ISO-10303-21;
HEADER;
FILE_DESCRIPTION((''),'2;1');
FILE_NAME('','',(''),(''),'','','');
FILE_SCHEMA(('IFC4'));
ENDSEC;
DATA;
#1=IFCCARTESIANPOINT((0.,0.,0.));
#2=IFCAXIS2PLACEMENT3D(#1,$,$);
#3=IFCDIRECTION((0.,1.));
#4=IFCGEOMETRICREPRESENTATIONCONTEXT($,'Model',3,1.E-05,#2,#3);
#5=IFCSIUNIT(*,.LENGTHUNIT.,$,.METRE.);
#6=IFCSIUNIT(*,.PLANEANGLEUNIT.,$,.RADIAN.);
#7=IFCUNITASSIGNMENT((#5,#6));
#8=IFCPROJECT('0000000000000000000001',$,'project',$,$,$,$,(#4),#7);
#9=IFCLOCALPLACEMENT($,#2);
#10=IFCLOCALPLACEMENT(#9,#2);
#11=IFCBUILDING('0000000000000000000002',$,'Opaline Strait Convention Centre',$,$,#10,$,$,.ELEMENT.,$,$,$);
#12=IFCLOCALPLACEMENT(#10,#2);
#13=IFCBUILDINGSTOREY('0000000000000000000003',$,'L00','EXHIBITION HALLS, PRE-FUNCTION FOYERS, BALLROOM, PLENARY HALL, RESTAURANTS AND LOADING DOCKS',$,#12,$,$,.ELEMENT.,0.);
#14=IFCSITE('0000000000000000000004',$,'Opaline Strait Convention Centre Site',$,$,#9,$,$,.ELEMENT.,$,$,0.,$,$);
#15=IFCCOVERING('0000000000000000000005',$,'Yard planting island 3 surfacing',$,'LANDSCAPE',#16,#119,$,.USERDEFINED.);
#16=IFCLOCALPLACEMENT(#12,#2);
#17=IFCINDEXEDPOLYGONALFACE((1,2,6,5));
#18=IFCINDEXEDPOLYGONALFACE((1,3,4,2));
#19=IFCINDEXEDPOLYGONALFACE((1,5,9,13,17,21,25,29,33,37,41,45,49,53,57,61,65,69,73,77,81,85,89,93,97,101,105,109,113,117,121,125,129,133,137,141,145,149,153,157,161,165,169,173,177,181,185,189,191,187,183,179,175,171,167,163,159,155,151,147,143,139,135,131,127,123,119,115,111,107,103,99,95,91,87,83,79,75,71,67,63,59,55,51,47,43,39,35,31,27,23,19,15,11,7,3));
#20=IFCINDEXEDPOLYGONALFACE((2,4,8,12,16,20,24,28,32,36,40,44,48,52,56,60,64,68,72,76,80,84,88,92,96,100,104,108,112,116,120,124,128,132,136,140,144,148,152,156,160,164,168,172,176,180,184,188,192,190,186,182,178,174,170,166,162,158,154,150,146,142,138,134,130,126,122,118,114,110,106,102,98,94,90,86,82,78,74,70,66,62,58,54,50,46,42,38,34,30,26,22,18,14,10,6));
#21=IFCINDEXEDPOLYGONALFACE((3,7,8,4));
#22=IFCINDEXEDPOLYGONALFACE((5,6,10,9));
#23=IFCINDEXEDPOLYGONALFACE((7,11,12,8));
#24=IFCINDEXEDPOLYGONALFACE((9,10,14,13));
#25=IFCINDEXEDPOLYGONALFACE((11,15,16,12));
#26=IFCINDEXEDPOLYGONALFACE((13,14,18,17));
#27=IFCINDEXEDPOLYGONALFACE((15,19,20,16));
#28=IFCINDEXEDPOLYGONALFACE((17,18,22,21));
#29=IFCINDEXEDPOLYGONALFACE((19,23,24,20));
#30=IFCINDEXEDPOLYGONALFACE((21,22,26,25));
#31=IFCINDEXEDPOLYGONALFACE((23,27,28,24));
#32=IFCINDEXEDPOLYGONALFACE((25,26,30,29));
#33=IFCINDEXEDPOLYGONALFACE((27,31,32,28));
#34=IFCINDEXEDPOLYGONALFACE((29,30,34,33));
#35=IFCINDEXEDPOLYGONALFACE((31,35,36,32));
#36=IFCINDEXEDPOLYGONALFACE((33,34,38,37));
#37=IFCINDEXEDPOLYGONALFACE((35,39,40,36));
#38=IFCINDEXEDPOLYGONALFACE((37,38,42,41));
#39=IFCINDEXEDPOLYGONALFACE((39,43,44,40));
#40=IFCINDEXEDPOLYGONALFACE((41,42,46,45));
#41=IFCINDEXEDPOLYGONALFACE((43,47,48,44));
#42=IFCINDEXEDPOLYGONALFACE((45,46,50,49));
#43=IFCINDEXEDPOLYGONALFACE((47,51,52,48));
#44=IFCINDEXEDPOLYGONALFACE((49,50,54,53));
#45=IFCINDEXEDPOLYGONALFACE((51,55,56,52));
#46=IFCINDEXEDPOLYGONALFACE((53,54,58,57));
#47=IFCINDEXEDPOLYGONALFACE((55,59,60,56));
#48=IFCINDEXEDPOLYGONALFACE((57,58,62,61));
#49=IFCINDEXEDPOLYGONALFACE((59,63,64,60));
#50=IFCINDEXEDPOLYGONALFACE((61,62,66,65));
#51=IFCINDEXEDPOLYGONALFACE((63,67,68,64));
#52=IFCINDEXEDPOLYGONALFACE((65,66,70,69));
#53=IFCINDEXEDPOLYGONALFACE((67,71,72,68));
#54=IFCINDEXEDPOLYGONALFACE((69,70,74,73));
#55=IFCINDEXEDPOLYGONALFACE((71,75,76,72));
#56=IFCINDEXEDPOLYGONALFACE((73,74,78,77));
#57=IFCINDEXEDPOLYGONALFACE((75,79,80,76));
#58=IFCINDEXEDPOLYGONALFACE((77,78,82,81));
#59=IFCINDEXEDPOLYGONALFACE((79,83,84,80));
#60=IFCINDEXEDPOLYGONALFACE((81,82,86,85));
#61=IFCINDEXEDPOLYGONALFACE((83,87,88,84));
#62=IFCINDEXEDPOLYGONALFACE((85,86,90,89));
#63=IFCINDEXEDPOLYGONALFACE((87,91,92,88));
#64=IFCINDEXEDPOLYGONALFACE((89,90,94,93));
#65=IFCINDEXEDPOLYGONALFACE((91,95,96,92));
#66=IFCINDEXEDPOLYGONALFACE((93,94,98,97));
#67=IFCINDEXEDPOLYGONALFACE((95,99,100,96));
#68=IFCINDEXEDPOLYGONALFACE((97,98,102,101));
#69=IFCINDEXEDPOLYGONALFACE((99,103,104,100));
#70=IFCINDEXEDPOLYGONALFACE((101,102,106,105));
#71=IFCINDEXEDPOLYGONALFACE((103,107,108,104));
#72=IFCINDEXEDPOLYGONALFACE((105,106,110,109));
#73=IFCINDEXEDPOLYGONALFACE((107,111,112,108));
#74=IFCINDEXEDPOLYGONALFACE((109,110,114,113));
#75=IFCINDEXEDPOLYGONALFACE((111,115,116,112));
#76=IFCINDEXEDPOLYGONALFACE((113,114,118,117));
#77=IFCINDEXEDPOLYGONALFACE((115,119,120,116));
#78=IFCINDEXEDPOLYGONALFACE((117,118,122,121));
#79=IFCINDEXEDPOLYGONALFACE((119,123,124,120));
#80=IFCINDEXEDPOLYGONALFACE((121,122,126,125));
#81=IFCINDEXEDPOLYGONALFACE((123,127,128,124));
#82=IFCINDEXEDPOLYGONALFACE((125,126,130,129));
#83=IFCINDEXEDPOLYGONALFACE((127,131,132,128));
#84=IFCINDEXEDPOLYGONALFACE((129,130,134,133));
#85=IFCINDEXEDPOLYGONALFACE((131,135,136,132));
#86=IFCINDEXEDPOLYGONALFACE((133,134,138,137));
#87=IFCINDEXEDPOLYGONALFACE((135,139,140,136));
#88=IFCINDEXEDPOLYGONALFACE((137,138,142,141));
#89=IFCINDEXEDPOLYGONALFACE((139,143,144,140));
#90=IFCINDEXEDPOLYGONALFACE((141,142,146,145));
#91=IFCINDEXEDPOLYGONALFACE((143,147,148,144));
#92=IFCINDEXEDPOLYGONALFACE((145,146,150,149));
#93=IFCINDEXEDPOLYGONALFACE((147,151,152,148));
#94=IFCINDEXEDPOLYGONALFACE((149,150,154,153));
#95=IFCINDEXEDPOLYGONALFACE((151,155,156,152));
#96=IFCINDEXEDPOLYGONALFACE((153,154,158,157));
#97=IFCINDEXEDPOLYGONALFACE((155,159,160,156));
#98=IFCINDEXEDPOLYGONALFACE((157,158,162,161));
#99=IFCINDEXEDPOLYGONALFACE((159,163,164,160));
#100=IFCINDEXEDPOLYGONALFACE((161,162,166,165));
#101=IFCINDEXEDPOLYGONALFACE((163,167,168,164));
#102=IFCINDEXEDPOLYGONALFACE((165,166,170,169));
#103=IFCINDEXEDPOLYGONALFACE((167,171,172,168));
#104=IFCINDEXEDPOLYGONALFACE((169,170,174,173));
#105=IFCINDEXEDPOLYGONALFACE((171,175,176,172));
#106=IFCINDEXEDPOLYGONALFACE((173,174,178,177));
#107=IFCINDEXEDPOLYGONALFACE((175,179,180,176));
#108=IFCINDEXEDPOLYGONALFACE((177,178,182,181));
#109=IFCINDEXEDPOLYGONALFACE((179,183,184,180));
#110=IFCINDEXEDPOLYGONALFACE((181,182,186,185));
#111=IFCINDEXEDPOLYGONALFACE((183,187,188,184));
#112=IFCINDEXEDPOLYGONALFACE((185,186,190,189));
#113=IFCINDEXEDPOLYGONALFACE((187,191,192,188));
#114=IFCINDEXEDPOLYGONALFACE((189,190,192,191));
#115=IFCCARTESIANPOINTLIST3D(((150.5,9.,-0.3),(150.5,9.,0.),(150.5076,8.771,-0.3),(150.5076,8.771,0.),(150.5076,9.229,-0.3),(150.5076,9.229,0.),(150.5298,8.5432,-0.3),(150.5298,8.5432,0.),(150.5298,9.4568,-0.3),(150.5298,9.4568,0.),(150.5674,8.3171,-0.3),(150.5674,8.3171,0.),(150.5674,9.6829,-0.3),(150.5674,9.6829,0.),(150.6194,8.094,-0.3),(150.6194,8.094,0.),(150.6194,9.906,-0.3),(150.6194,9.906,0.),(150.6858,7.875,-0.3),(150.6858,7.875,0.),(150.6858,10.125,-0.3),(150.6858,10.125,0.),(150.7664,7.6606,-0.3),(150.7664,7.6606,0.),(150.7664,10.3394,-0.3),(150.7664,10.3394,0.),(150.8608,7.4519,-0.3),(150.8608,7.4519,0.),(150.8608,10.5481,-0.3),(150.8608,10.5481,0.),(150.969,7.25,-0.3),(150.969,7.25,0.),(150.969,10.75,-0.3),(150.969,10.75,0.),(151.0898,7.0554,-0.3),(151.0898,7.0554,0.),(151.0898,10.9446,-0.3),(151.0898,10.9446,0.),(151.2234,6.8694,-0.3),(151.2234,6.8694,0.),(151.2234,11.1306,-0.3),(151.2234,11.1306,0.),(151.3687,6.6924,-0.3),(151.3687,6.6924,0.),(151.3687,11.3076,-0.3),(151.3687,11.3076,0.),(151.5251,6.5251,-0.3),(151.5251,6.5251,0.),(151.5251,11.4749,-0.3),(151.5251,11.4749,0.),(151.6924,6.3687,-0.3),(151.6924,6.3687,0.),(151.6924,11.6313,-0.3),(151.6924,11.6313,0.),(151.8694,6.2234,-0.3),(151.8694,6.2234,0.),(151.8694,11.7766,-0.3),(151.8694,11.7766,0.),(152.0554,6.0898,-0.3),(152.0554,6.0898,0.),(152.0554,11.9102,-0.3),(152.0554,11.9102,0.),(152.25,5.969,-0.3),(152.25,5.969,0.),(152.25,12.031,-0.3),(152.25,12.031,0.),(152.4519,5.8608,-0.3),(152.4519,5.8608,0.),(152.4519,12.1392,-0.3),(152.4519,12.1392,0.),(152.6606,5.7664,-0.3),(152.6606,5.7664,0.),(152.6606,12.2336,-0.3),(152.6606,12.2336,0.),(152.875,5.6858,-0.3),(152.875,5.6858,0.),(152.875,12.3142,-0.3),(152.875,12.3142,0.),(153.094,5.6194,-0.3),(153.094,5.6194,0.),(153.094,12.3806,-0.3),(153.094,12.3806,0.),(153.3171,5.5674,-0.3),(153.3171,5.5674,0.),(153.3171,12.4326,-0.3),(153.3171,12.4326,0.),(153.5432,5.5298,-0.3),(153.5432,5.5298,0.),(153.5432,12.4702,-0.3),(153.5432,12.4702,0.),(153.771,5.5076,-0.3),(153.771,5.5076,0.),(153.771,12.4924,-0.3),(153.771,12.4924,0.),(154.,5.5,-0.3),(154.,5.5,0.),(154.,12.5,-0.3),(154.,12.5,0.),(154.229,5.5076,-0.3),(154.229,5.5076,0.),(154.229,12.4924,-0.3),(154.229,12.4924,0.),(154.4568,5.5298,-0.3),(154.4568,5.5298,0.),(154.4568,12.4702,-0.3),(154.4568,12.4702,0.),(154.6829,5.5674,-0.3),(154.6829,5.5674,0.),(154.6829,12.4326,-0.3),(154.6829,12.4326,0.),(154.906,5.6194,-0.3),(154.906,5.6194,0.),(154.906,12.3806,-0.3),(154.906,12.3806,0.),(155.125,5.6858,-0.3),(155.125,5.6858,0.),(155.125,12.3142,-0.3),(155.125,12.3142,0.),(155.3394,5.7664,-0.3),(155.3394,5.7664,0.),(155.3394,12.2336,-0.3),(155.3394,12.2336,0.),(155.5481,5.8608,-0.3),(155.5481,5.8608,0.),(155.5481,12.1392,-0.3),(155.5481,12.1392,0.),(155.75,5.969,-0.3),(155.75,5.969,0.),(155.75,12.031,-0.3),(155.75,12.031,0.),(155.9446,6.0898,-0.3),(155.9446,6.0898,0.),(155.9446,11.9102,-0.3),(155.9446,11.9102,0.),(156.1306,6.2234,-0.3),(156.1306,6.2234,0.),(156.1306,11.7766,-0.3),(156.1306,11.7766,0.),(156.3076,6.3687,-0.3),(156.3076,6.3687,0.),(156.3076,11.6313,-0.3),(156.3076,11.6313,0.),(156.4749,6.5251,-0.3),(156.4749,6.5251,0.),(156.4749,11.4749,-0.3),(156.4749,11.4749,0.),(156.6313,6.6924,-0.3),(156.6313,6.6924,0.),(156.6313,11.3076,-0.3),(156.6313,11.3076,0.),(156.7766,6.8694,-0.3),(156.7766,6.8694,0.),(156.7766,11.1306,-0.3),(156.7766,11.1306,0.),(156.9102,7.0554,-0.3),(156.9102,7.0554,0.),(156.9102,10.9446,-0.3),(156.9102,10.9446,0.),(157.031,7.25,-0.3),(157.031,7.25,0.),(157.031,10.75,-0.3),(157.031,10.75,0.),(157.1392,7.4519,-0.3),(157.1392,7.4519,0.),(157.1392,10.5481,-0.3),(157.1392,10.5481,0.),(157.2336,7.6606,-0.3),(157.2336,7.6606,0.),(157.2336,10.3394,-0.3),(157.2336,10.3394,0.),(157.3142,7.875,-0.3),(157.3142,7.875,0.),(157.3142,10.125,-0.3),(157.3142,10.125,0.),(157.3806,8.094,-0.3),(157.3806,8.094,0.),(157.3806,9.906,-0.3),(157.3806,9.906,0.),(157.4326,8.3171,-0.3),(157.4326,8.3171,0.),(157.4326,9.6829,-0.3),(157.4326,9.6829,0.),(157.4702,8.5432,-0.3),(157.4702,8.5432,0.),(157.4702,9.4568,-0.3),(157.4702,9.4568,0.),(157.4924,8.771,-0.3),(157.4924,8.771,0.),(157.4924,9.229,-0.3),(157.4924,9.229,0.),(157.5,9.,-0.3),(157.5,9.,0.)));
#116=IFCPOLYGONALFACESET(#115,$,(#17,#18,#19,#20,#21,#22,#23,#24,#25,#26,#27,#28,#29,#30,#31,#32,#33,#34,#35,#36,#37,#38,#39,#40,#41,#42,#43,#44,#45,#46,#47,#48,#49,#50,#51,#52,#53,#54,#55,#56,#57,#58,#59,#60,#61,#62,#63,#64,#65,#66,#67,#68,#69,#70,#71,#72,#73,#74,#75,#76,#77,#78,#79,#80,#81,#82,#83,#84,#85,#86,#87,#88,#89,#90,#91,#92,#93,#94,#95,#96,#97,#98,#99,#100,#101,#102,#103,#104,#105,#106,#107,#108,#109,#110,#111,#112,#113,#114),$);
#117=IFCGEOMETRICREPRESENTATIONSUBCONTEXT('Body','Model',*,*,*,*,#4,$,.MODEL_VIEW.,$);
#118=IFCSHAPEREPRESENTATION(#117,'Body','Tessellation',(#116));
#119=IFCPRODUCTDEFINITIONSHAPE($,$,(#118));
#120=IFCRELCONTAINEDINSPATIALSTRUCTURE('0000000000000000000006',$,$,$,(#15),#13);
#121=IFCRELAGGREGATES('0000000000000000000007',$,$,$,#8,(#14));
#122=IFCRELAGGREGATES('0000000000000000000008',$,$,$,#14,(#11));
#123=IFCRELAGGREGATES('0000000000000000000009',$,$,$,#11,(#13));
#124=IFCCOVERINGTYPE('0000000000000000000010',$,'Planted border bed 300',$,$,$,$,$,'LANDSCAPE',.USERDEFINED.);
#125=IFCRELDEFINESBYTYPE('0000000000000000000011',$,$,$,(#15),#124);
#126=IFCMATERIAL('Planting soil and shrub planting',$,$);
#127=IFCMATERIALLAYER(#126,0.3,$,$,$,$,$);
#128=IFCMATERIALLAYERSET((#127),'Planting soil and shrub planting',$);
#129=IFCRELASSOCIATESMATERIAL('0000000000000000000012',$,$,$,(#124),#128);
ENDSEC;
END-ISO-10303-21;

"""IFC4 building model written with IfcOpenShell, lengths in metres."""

from ifc_helpers import new_model, si_unit, direction, frame, origin, place, context, subcontext, project, spatial, polyline, outline, extrude, material, layer, layer_set, type_object, element, save


model = new_model("IFC4")

# Units and contexts
model_context = context("Model", 3, precision=1e-05, world=origin(), true_north=direction((0.0, 1.0)))
body_context = subcontext(model_context, "Body", "Model", "MODEL_VIEW")
ifc_project = project(units=[si_unit("LENGTHUNIT", "METRE"), si_unit("PLANEANGLEUNIT", "RADIAN")], contexts=[model_context])

# Site, building, storey
site_placement = place(None, origin())
site = spatial("IfcSite", under=ifc_project, at=site_placement, Name="Opaline Strait Convention Centre Site", CompositionType="ELEMENT", RefElevation=0.0)
building_placement = place(site_placement, origin())
building = spatial("IfcBuilding", under=site, at=building_placement, Name="Opaline Strait Convention Centre", CompositionType="ELEMENT")
storey_placement = place(building_placement, origin())
storey = spatial("IfcBuildingStorey", under=building, at=storey_placement, Name="L00", Description="EXHIBITION HALLS, PRE-FUNCTION FOYERS, BALLROOM, PLENARY HALL, RESTAURANTS AND LOADING DOCKS", CompositionType="ELEMENT", Elevation=0.0)

# Covering
ifc_material_1 = material(Name="Planting soil and shrub planting")
ifc_layer_1 = layer(ifc_material_1, 0.3)
ifc_layer_set_1 = layer_set([ifc_layer_1], Name="Planting soil and shrub planting")
covering_type_1 = type_object("IfcCoveringType", Name="Planted border bed 300", ElementType="LANDSCAPE", PredefinedType="USERDEFINED", material=ifc_layer_set_1)
covering_1_placement = place(storey_placement, frame((0.0, 0.0, -0.3)))
element("IfcCovering", 1, at=covering_1_placement, inside=storey, type_object=covering_type_1, Name="Yard planting island 3 surfacing", ObjectType="LANDSCAPE", PredefinedType="USERDEFINED", context=body_context, shape_type="SweptSolid", body=[
    extrude(outline(polyline([(157.4326, 8.3171), (157.4702, 8.5432), (157.4924, 8.771), (157.5, 9.0), (157.4924, 9.229), (157.4702, 9.4568), (157.4326, 9.6829), (157.3806, 9.906), (157.3142, 10.125), (157.2336, 10.3394), (157.1392, 10.5481), (157.031, 10.75), (156.9102, 10.9446), (156.7766, 11.1306), (156.6313, 11.3076), (156.4749, 11.4749), (156.3076, 11.6313), (156.1306, 11.7766), (155.9446, 11.9102), (155.75, 12.031), (155.5481, 12.1392), (155.3394, 12.2336), (155.125, 12.3142), (154.906, 12.3806), (154.6829, 12.4326), (154.4568, 12.4702), (154.229, 12.4924), (154.0, 12.5), (153.771, 12.4924), (153.5432, 12.4702), (153.3171, 12.4326), (153.094, 12.3806), (152.875, 12.3142), (152.6606, 12.2336), (152.4519, 12.1392), (152.25, 12.031), (152.0554, 11.9102), (151.8694, 11.7766), (151.6924, 11.6313), (151.5251, 11.4749), (151.3687, 11.3076), (151.2234, 11.1306), (151.0898, 10.9446), (150.969, 10.75), (150.8608, 10.5481), (150.7664, 10.3394), (150.6858, 10.125), (150.6194, 9.906), (150.5674, 9.6829), (150.5298, 9.4568), (150.5076, 9.229), (150.5, 9.0), (150.5076, 8.771), (150.5298, 8.5432), (150.5674, 8.3171), (150.6194, 8.094), (150.6858, 7.875), (150.7664, 7.6606), (150.8608, 7.4519), (150.969, 7.25), (151.0898, 7.0554), (151.2234, 6.8694), (151.3687, 6.6924), (151.5251, 6.5251), (151.6924, 6.3687), (151.8694, 6.2234), (152.0554, 6.0898), (152.25, 5.969), (152.4519, 5.8608), (152.6606, 5.7664), (152.875, 5.6858), (153.094, 5.6194), (153.3171, 5.5674), (153.5432, 5.5298), (153.771, 5.5076), (154.0, 5.5), (154.229, 5.5076), (154.4568, 5.5298), (154.6829, 5.5674), (154.906, 5.6194), (155.125, 5.6858), (155.3394, 5.7664), (155.5481, 5.8608), (155.75, 5.969), (155.9446, 6.0898), (156.1306, 6.2234), (156.3076, 6.3687), (156.4749, 6.5251), (156.6313, 6.6924), (156.7766, 6.8694), (156.9102, 7.0554), (157.031, 7.25), (157.1392, 7.4519), (157.2336, 7.6606), (157.3142, 7.875), (157.3806, 8.094), (157.4326, 8.3171)])), origin(), (0.0, 0.0, 1.0), 0.3),
])

save(model, "model.ifc")
